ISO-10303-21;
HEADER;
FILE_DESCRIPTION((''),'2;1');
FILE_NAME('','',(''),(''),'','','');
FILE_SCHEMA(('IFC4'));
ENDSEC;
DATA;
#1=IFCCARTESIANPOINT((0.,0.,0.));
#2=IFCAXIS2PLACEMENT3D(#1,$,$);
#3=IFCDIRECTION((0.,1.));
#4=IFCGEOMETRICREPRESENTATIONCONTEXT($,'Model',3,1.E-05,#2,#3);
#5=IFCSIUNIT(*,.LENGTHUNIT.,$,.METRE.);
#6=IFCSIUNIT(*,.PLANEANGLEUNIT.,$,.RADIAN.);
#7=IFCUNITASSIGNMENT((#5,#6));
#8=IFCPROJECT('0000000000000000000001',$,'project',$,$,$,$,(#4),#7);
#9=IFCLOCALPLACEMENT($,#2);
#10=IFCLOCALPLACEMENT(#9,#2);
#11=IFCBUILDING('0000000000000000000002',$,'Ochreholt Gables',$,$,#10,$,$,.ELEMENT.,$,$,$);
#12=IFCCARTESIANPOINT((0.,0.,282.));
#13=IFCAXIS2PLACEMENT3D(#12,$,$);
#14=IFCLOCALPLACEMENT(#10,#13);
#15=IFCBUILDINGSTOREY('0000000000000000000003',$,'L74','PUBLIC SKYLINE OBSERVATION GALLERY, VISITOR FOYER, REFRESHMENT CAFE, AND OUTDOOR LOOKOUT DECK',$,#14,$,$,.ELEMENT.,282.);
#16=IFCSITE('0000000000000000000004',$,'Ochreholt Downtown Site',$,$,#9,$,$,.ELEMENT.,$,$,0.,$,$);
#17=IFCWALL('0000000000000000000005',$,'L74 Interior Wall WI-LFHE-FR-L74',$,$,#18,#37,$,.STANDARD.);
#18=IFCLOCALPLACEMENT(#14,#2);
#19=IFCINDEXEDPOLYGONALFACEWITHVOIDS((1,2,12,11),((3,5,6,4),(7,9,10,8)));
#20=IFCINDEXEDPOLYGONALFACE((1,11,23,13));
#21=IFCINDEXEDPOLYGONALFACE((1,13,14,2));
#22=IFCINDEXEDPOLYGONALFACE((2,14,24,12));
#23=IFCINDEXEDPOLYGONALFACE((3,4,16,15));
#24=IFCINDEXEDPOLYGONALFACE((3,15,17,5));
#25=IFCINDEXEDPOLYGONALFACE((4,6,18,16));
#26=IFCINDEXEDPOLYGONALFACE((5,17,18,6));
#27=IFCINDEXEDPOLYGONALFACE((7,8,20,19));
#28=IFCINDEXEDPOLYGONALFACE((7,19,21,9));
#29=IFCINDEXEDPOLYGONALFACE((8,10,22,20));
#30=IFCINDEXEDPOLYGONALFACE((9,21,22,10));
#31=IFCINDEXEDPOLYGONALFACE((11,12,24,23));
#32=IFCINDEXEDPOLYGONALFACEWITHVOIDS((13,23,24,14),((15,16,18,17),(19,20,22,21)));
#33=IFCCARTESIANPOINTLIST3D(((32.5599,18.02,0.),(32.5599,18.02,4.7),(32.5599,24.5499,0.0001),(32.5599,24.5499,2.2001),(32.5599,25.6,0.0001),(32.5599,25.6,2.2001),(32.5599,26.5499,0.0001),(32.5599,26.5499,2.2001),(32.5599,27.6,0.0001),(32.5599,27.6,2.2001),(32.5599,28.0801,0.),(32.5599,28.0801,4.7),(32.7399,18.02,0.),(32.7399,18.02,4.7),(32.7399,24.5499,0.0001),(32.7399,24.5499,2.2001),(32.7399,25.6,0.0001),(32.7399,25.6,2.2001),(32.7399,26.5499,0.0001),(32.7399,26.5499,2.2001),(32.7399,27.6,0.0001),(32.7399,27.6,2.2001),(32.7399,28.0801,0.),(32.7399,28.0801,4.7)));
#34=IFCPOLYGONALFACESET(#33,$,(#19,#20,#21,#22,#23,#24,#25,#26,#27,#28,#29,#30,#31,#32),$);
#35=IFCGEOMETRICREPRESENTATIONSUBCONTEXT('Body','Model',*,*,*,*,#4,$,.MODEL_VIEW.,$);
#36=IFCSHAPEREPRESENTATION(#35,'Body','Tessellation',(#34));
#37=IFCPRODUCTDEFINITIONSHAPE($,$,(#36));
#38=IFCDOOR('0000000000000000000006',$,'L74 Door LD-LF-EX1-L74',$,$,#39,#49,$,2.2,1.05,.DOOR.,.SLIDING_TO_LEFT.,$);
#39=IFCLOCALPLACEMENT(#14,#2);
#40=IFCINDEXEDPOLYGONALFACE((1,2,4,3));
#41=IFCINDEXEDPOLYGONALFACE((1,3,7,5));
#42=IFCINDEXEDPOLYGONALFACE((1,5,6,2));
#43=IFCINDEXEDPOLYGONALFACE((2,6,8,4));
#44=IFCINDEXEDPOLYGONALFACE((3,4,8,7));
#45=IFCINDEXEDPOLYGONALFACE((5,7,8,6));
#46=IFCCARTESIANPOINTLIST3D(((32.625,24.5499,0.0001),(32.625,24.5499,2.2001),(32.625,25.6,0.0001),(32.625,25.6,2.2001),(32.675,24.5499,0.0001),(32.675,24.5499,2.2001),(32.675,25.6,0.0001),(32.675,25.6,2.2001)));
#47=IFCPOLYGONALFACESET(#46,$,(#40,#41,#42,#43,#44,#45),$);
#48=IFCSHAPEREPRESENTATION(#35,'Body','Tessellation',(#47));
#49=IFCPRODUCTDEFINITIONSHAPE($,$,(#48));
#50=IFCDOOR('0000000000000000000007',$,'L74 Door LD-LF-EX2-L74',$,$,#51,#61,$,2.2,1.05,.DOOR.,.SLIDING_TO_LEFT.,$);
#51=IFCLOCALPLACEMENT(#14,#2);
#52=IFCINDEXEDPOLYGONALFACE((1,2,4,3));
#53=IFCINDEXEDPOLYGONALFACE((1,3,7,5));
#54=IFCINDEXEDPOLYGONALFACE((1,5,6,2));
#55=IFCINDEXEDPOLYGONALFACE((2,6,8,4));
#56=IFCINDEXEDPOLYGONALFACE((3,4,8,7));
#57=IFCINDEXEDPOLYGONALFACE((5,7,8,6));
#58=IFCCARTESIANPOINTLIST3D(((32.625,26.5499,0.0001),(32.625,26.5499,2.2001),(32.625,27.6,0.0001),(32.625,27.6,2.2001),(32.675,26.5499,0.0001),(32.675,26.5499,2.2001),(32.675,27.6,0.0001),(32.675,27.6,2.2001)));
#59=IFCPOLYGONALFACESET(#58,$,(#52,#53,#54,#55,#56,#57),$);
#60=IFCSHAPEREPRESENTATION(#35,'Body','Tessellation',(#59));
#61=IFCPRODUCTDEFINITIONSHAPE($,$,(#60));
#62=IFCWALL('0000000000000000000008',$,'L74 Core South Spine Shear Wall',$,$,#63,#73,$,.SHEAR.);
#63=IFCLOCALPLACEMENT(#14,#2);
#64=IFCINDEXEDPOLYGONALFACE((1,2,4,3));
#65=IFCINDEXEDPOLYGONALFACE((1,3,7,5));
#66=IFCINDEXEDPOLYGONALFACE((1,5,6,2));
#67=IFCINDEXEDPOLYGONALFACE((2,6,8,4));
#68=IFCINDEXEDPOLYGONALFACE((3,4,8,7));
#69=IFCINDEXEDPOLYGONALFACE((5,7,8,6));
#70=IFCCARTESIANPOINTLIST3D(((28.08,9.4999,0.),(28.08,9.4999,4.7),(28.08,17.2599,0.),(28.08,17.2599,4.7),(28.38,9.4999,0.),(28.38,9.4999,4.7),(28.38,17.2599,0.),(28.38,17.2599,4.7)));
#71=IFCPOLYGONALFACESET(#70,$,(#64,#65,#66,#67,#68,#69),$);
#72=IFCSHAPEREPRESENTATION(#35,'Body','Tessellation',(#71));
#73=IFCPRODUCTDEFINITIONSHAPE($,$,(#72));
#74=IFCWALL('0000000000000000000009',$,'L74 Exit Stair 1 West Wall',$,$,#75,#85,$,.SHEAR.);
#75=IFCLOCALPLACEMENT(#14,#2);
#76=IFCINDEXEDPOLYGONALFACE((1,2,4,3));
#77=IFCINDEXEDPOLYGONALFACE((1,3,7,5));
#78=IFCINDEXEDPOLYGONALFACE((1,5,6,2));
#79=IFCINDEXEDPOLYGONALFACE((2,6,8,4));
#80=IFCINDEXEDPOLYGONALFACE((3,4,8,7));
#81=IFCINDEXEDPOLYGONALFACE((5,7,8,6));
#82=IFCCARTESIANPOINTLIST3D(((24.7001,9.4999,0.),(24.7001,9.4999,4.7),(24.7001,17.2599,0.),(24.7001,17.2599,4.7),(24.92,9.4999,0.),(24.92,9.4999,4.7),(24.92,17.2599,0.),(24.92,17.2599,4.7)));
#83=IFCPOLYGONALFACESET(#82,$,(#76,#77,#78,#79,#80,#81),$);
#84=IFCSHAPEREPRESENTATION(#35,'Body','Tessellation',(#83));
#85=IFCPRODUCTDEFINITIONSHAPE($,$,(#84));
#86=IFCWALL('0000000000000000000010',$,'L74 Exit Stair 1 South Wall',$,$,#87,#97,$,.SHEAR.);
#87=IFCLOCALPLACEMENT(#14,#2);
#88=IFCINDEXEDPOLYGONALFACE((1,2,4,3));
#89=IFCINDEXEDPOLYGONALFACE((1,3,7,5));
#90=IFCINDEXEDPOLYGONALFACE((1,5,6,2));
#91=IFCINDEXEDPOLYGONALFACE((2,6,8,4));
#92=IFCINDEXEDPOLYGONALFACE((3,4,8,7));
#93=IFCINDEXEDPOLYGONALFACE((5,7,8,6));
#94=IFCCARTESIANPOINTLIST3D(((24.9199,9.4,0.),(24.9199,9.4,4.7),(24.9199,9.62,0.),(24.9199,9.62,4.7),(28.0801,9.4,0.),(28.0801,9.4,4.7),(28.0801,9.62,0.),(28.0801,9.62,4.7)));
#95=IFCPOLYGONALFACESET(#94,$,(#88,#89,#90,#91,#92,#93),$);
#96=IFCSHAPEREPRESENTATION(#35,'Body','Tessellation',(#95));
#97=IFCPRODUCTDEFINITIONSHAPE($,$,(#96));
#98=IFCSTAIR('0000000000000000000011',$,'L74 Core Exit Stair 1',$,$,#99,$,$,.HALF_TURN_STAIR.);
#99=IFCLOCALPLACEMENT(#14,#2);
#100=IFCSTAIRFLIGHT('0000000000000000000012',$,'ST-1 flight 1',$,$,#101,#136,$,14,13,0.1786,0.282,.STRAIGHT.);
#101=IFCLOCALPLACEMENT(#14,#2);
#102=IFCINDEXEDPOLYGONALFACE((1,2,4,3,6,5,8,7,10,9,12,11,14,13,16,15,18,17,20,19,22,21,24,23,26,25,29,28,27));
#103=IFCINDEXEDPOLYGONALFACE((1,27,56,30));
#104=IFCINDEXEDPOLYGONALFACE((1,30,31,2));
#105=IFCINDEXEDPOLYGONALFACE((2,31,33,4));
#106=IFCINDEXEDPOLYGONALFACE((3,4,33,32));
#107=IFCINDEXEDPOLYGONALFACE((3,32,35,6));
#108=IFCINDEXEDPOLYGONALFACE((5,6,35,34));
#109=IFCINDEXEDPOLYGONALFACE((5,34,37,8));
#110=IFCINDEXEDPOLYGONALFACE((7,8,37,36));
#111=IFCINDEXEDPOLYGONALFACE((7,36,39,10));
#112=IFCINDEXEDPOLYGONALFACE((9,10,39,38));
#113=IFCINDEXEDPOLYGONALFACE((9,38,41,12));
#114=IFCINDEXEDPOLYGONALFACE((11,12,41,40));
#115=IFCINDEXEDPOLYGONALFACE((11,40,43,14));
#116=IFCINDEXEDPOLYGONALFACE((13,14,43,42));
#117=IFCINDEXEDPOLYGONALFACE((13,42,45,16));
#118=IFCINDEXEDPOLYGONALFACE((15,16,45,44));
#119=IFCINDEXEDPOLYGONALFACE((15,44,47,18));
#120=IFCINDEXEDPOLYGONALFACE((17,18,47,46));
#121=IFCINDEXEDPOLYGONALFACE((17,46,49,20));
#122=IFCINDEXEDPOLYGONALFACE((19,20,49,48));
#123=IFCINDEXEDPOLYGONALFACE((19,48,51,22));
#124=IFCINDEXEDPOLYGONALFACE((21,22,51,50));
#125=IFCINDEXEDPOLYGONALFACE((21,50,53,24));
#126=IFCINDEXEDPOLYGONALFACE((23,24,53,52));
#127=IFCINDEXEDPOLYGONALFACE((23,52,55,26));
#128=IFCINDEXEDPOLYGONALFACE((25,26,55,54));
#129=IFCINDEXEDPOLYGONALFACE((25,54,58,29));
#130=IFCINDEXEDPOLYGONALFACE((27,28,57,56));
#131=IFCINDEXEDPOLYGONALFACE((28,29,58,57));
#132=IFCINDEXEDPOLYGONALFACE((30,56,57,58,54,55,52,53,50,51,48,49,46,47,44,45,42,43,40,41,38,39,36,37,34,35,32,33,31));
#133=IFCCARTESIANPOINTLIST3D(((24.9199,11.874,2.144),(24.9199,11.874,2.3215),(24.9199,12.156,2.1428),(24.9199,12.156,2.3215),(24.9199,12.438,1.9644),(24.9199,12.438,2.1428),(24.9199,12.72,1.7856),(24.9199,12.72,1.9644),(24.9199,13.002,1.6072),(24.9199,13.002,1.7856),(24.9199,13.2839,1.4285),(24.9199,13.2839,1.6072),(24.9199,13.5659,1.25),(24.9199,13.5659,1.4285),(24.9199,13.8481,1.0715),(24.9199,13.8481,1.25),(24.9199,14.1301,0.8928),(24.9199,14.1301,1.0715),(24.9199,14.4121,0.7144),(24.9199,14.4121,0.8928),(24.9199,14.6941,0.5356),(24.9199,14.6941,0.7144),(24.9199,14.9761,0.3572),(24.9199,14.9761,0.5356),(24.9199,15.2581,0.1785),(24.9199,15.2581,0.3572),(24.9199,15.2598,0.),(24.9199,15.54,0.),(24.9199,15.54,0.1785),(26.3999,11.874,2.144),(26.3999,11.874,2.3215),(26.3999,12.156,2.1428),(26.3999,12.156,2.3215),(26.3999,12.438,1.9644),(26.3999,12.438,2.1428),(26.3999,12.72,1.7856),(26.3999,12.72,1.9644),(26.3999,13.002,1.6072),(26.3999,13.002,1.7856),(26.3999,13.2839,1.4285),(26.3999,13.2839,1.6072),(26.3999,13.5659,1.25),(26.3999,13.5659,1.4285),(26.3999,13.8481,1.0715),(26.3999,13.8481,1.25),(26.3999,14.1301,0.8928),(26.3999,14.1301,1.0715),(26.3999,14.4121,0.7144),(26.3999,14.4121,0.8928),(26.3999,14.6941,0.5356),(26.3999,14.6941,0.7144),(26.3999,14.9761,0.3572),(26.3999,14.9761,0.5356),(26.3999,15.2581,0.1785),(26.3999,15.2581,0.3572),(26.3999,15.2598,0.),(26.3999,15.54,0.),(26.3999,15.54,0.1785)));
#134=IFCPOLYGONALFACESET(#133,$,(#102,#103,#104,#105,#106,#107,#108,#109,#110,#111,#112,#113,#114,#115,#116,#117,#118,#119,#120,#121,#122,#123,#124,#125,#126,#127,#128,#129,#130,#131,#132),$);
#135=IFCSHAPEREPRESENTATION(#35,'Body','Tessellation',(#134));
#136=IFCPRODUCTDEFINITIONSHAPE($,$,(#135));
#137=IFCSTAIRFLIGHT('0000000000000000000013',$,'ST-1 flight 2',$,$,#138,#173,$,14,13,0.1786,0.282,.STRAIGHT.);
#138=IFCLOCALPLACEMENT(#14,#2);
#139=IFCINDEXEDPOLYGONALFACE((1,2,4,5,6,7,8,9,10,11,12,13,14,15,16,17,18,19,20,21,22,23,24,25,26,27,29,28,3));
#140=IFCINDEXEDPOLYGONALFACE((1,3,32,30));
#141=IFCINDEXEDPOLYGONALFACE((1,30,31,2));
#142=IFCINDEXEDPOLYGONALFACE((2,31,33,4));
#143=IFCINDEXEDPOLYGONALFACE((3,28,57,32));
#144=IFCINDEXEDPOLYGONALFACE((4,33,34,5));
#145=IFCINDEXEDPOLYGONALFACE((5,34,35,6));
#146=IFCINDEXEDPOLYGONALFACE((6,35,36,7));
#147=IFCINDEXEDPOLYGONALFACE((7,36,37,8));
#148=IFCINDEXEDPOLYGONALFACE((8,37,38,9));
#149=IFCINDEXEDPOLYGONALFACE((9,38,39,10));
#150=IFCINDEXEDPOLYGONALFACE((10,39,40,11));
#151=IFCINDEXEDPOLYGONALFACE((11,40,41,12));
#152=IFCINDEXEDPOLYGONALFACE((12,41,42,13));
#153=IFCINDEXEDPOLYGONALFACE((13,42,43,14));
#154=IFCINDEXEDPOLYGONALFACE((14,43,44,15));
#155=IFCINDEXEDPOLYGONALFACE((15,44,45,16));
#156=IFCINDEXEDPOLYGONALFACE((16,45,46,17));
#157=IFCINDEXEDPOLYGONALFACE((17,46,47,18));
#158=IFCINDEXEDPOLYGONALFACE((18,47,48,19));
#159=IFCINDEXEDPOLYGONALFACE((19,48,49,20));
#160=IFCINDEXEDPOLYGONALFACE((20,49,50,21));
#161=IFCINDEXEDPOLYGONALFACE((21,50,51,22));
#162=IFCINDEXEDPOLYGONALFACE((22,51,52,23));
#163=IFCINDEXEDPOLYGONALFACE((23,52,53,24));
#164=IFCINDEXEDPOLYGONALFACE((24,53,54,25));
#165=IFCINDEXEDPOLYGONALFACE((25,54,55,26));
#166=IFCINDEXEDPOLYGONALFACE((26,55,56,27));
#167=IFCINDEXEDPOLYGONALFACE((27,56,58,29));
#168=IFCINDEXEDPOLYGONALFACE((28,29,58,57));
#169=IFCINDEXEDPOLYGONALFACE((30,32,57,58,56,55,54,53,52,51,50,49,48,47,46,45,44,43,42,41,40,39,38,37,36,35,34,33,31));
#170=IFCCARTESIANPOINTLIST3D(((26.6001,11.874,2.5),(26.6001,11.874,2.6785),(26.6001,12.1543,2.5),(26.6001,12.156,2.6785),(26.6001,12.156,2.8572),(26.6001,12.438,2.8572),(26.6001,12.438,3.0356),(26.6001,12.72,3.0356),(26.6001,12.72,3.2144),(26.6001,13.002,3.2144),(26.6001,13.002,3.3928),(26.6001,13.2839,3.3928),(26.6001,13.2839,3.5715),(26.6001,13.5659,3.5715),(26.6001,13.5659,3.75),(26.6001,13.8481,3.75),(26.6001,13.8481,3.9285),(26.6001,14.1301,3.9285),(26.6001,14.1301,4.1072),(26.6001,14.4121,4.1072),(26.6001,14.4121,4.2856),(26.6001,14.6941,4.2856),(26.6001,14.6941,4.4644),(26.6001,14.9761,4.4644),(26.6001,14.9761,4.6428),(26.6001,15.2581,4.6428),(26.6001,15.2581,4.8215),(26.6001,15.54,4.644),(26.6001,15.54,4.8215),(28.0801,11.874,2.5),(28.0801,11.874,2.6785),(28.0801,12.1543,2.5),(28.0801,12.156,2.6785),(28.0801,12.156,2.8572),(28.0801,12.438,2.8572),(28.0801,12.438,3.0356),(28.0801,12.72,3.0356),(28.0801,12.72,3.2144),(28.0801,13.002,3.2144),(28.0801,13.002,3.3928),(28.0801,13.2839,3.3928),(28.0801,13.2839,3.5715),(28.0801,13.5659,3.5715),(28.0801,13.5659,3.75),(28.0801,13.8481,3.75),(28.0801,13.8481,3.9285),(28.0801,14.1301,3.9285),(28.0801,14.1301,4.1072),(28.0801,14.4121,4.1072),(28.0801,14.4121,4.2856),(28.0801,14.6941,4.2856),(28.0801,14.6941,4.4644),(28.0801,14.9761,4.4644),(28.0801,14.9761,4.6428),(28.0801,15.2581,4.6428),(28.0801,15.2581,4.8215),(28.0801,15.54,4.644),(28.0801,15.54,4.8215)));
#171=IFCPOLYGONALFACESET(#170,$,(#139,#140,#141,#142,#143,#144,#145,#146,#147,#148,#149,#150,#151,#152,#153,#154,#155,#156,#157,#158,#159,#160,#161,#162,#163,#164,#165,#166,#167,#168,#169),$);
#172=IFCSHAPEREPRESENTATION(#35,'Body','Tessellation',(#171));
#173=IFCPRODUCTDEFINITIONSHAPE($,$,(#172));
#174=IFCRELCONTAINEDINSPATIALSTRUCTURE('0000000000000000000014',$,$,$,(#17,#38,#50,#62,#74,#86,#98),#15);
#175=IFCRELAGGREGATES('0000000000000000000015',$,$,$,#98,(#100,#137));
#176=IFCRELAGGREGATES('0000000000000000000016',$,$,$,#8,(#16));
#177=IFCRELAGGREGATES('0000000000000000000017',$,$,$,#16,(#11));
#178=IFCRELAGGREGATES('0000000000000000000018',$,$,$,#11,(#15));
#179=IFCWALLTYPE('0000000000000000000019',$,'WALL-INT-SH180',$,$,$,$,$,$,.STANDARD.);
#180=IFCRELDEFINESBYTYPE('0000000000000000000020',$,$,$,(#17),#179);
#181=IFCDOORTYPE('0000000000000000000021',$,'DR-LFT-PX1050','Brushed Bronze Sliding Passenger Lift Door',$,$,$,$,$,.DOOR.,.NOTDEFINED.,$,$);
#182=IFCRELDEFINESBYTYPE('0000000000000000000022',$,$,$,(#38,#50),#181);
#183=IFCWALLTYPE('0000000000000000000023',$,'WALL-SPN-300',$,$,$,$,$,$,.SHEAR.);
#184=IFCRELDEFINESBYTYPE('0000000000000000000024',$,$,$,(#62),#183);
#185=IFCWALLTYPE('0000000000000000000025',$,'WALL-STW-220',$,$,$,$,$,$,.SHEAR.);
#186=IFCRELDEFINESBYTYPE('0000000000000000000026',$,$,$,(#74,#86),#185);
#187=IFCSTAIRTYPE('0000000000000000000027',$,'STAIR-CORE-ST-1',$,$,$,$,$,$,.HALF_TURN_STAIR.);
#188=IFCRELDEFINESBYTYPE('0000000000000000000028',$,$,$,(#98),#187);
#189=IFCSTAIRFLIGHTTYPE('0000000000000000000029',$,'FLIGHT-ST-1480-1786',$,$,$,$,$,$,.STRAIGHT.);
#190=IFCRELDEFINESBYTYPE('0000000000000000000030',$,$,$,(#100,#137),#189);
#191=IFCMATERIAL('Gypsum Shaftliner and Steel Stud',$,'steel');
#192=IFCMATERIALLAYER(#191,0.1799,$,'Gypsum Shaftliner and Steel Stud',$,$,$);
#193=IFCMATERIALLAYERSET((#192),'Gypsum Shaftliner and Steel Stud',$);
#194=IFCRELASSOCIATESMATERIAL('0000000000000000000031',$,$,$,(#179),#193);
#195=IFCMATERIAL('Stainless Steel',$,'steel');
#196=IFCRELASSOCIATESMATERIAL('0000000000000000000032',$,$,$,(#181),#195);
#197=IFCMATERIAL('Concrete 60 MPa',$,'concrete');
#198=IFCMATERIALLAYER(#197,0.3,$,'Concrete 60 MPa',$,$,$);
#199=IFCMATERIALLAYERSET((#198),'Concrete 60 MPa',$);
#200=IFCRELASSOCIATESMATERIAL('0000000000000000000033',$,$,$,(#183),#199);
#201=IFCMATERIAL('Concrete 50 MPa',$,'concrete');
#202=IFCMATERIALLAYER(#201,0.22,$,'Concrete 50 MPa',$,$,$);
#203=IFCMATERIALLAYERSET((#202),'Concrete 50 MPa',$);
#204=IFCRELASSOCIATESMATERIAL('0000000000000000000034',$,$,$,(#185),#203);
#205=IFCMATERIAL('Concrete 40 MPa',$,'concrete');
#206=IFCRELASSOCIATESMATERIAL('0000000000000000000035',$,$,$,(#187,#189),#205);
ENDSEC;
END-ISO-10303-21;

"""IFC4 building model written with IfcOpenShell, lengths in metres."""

from ifc_helpers import new_model, si_unit, direction, frame, frame_2d, origin, place, context, subcontext, project, spatial, polyline, rectangle, outline, extrude, material, layer, layer_set, type_object, element, fill, aggregate, save


model = new_model("IFC4")

# Units and contexts
model_context = context("Model", 3, precision=1e-05, world=origin(), true_north=direction((0.0, 1.0)))
body_context = subcontext(model_context, "Body", "Model", "MODEL_VIEW")
ifc_project = project(units=[si_unit("LENGTHUNIT", "METRE"), si_unit("PLANEANGLEUNIT", "RADIAN")], contexts=[model_context])

# Site, building, storey
site_placement = place(None, origin())
site = spatial("IfcSite", under=ifc_project, at=site_placement, Name="Ochreholt Downtown Site", CompositionType="ELEMENT", RefElevation=0.0)
building_placement = place(site_placement, origin())
building = spatial("IfcBuilding", under=site, at=building_placement, Name="Ochreholt Gables", CompositionType="ELEMENT")
storey_placement = place(building_placement, frame((0.0, 0.0, 282.0)))
storey = spatial("IfcBuildingStorey", under=building, at=storey_placement, Name="L74", Description="PUBLIC SKYLINE OBSERVATION GALLERY, VISITOR FOYER, REFRESHMENT CAFE, AND OUTDOOR LOOKOUT DECK", CompositionType="ELEMENT", Elevation=282.0)

# Shared definitions
ifc_material_1 = material(Name="Concrete 50 MPa", Category="concrete")

# Shared definitions
ifc_material_2 = material(Name="Concrete 40 MPa", Category="concrete")

# Wall, openings, doors
ifc_material_3 = material(Name="Gypsum Shaftliner and Steel Stud", Category="steel")
ifc_layer_1 = layer(ifc_material_3, 0.1799, Name="Gypsum Shaftliner and Steel Stud")
ifc_layer_set_1 = layer_set([ifc_layer_1], Name="Gypsum Shaftliner and Steel Stud")
wall_type_1 = type_object("IfcWallType", Name="WALL-INT-SH180", PredefinedType="STANDARD", material=ifc_layer_set_1)
wall_1_placement = place(storey_placement, frame((32.6499, 18.02, 0.0), z_axis=(0.0, 0.0, 1.0), x_axis=(0.0, 1.0, 0.0)))
wall_1 = element("IfcWall", 1, at=wall_1_placement, inside=storey, type_object=wall_type_1, Name="L74 Interior Wall WI-LFHE-FR-L74", PredefinedType="STANDARD", context=body_context, shape_type="SweptSolid", body=[
    extrude(rectangle(XDim=10.0601, YDim=0.1799, at=frame_2d((5.03, 0.0))), origin(), (0.0, 0.0, 1.0), 4.7),
])
opening_1_placement = place(wall_1_placement, frame((6.53, 0.0, 0.0)))
opening_1 = element("IfcOpeningElement", 2, at=opening_1_placement, cuts=wall_1, PredefinedType="OPENING", context=body_context, shape_type="SweptSolid", body=[
    extrude(rectangle(XDim=1.05, YDim=2.2, at=frame_2d((0.5249, 1.1001))), frame((0.0, 0.0999, 0.0), z_axis=(0.0, -1.0, 0.0), x_axis=(1.0, 0.0, 0.0)), (0.0, 0.0, 1.0), 0.2),
])
opening_2_placement = place(wall_1_placement, frame((8.53, 0.0, 0.0)))
opening_2 = element("IfcOpeningElement", 3, at=opening_2_placement, cuts=wall_1, PredefinedType="OPENING", context=body_context, shape_type="SweptSolid", body=[
    extrude(rectangle(XDim=1.05, YDim=2.2, at=frame_2d((0.5249, 1.1001))), frame((0.0, 0.0999, 0.0), z_axis=(0.0, -1.0, 0.0), x_axis=(1.0, 0.0, 0.0)), (0.0, 0.0, 1.0), 0.2),
])
ifc_material_4 = material(Name="Stainless Steel", Category="steel")
door_type_1 = type_object("IfcDoorType", Name="DR-LFT-PX1050", Description="Brushed Bronze Sliding Passenger Lift Door", OperationType="NOTDEFINED", PredefinedType="DOOR", material=ifc_material_4)
door_1_placement = place(opening_1_placement, origin())
door_1 = element("IfcDoor", 4, at=door_1_placement, inside=storey, type_object=door_type_1, Name="L74 Door LD-LF-EX1-L74", OperationType="SLIDING_TO_LEFT", OverallHeight=2.2, OverallWidth=1.05, PredefinedType="DOOR", context=body_context, shape_type="SweptSolid", body=[
    extrude(rectangle(XDim=1.05, YDim=2.2, at=frame_2d((0.5249, 1.1001))), frame((0.0, 0.0249, 0.0), z_axis=(0.0, -1.0, 0.0), x_axis=(1.0, 0.0, 0.0)), (0.0, 0.0, 1.0), 0.05),
])
fill(opening_1, door_1)
door_2_placement = place(opening_2_placement, origin())
door_2 = element("IfcDoor", 5, at=door_2_placement, inside=storey, type_object=door_type_1, Name="L74 Door LD-LF-EX2-L74", OperationType="SLIDING_TO_LEFT", OverallHeight=2.2, OverallWidth=1.05, PredefinedType="DOOR", context=body_context, shape_type="SweptSolid", body=[
    extrude(rectangle(XDim=1.05, YDim=2.2, at=frame_2d((0.5249, 1.1001))), frame((0.0, 0.0249, 0.0), z_axis=(0.0, -1.0, 0.0), x_axis=(1.0, 0.0, 0.0)), (0.0, 0.0, 1.0), 0.05),
])
fill(opening_2, door_2)

# Walls
ifc_material_5 = material(Name="Concrete 60 MPa", Category="concrete")
ifc_layer_2 = layer(ifc_material_5, 0.3, Name="Concrete 60 MPa")
ifc_layer_set_2 = layer_set([ifc_layer_2], Name="Concrete 60 MPa")
wall_type_2 = type_object("IfcWallType", Name="WALL-SPN-300", PredefinedType="SHEAR", material=ifc_layer_set_2)
wall_2_placement = place(storey_placement, frame((28.23, 9.5, 0.0), z_axis=(0.0, 0.0, 1.0), x_axis=(0.0, 1.0, 0.0)))
element("IfcWall", 6, at=wall_2_placement, inside=storey, type_object=wall_type_2, Name="L74 Core South Spine Shear Wall", PredefinedType="SHEAR", context=body_context, shape_type="SweptSolid", body=[
    extrude(rectangle(XDim=7.76, YDim=0.3, at=frame_2d((3.8799, 0.0))), origin(), (0.0, 0.0, 1.0), 4.7),
])
ifc_layer_3 = layer(ifc_material_1, 0.22, Name="Concrete 50 MPa")
ifc_layer_set_3 = layer_set([ifc_layer_3], Name="Concrete 50 MPa")
wall_type_3 = type_object("IfcWallType", Name="WALL-STW-220", PredefinedType="SHEAR", material=ifc_layer_set_3)
wall_3_placement = place(storey_placement, frame((24.8101, 9.5, 0.0), z_axis=(0.0, 0.0, 1.0), x_axis=(0.0, 1.0, 0.0)))
element("IfcWall", 7, at=wall_3_placement, inside=storey, type_object=wall_type_3, Name="L74 Exit Stair 1 West Wall", PredefinedType="SHEAR", context=body_context, shape_type="SweptSolid", body=[
    extrude(rectangle(XDim=7.76, YDim=0.22, at=frame_2d((3.8799, 0.0))), origin(), (0.0, 0.0, 1.0), 4.7),
])
wall_4_placement = place(storey_placement, frame((24.9199, 9.51, 0.0), z_axis=(0.0, 0.0, 1.0), x_axis=(1.0, 0.0, 0.0)))
element("IfcWall", 8, at=wall_4_placement, inside=storey, type_object=wall_type_3, Name="L74 Exit Stair 1 South Wall", PredefinedType="SHEAR", context=body_context, shape_type="SweptSolid", body=[
    extrude(rectangle(XDim=3.1602, YDim=0.22, at=frame_2d((1.5801, 0.0))), origin(), (0.0, 0.0, 1.0), 4.7),
])

# Stair, stair flights
stair_type = type_object("IfcStairType", Name="STAIR-CORE-ST-1", PredefinedType="HALF_TURN_STAIR", material=ifc_material_2)
stair_placement = place(storey_placement, origin())
stair = element("IfcStair", 9, at=stair_placement, inside=storey, type_object=stair_type, Name="L74 Core Exit Stair 1", PredefinedType="HALF_TURN_STAIR")
stair_flight_type = type_object("IfcStairFlightType", Name="FLIGHT-ST-1480-1786", PredefinedType="STRAIGHT", material=ifc_material_2)
stair_flight_1_placement = place(storey_placement, frame((25.6599, 15.54, 0.0), z_axis=(0.0, 0.0, 1.0), x_axis=(0.0, -1.0, 0.0)))
stair_flight_1 = element("IfcStairFlight", 10, at=stair_flight_1_placement, type_object=stair_flight_type, Name="ST-1 flight 1", NumberOfRisers=14, NumberOfTreads=13, PredefinedType="STRAIGHT", RiserHeight=0.1786, TreadLength=0.282, context=body_context, shape_type="SweptSolid", body=[
    extrude(outline(polyline([(0.0, 0.0), (0.0, 0.1785), (0.282, 0.1785), (0.282, 0.3572), (0.564, 0.3572), (0.564, 0.5356), (0.8459, 0.5356), (0.8459, 0.7144), (1.1279, 0.7144), (1.1279, 0.8928), (1.4099, 0.8928), (1.4099, 1.0715), (1.6919, 1.0715), (1.6919, 1.25), (1.9741, 1.25), (1.9741, 1.4285), (2.2561, 1.4285), (2.2561, 1.6072), (2.5381, 1.6072), (2.5381, 1.7856), (2.8201, 1.7856), (2.8201, 1.9644), (3.1021, 1.9644), (3.1021, 2.1428), (3.384, 2.1428), (3.384, 2.3215), (3.666, 2.3215), (3.666, 2.5), (3.666, 2.144), (0.2803, 0.0), (0.0, 0.0)])), frame((0.0, 0.74, 0.0), z_axis=(0.0, -1.0, 0.0), x_axis=(1.0, 0.0, 0.0)), (0.0, 0.0, 1.0), 1.48),
])
stair_flight_2_placement = place(storey_placement, frame((27.3401, 11.874, 2.5), z_axis=(0.0, 0.0, 1.0), x_axis=(0.0, 1.0, 0.0)))
stair_flight_2 = element("IfcStairFlight", 11, at=stair_flight_2_placement, type_object=stair_flight_type, Name="ST-1 flight 2", NumberOfRisers=14, NumberOfTreads=13, PredefinedType="STRAIGHT", RiserHeight=0.1786, TreadLength=0.282, context=body_context, shape_type="SweptSolid", body=[
    extrude(outline(polyline([(0.0, 0.0), (0.0, 0.1785), (0.282, 0.1785), (0.282, 0.3572), (0.564, 0.3572), (0.564, 0.5356), (0.8459, 0.5356), (0.8459, 0.7144), (1.1279, 0.7144), (1.1279, 0.8928), (1.4099, 0.8928), (1.4099, 1.0715), (1.6919, 1.0715), (1.6919, 1.25), (1.9741, 1.25), (1.9741, 1.4285), (2.2561, 1.4285), (2.2561, 1.6072), (2.5381, 1.6072), (2.5381, 1.7856), (2.8201, 1.7856), (2.8201, 1.9644), (3.1021, 1.9644), (3.1021, 2.1428), (3.384, 2.1428), (3.384, 2.3215), (3.666, 2.3215), (3.666, 2.5), (3.666, 2.144), (0.2803, 0.0), (0.0, 0.0)])), frame((0.0, 0.74, 0.0), z_axis=(0.0, -1.0, 0.0), x_axis=(1.0, 0.0, 0.0)), (0.0, 0.0, 1.0), 1.48),
])
aggregate(stair, [stair_flight_1, stair_flight_2])

save(model, "model.ifc")
